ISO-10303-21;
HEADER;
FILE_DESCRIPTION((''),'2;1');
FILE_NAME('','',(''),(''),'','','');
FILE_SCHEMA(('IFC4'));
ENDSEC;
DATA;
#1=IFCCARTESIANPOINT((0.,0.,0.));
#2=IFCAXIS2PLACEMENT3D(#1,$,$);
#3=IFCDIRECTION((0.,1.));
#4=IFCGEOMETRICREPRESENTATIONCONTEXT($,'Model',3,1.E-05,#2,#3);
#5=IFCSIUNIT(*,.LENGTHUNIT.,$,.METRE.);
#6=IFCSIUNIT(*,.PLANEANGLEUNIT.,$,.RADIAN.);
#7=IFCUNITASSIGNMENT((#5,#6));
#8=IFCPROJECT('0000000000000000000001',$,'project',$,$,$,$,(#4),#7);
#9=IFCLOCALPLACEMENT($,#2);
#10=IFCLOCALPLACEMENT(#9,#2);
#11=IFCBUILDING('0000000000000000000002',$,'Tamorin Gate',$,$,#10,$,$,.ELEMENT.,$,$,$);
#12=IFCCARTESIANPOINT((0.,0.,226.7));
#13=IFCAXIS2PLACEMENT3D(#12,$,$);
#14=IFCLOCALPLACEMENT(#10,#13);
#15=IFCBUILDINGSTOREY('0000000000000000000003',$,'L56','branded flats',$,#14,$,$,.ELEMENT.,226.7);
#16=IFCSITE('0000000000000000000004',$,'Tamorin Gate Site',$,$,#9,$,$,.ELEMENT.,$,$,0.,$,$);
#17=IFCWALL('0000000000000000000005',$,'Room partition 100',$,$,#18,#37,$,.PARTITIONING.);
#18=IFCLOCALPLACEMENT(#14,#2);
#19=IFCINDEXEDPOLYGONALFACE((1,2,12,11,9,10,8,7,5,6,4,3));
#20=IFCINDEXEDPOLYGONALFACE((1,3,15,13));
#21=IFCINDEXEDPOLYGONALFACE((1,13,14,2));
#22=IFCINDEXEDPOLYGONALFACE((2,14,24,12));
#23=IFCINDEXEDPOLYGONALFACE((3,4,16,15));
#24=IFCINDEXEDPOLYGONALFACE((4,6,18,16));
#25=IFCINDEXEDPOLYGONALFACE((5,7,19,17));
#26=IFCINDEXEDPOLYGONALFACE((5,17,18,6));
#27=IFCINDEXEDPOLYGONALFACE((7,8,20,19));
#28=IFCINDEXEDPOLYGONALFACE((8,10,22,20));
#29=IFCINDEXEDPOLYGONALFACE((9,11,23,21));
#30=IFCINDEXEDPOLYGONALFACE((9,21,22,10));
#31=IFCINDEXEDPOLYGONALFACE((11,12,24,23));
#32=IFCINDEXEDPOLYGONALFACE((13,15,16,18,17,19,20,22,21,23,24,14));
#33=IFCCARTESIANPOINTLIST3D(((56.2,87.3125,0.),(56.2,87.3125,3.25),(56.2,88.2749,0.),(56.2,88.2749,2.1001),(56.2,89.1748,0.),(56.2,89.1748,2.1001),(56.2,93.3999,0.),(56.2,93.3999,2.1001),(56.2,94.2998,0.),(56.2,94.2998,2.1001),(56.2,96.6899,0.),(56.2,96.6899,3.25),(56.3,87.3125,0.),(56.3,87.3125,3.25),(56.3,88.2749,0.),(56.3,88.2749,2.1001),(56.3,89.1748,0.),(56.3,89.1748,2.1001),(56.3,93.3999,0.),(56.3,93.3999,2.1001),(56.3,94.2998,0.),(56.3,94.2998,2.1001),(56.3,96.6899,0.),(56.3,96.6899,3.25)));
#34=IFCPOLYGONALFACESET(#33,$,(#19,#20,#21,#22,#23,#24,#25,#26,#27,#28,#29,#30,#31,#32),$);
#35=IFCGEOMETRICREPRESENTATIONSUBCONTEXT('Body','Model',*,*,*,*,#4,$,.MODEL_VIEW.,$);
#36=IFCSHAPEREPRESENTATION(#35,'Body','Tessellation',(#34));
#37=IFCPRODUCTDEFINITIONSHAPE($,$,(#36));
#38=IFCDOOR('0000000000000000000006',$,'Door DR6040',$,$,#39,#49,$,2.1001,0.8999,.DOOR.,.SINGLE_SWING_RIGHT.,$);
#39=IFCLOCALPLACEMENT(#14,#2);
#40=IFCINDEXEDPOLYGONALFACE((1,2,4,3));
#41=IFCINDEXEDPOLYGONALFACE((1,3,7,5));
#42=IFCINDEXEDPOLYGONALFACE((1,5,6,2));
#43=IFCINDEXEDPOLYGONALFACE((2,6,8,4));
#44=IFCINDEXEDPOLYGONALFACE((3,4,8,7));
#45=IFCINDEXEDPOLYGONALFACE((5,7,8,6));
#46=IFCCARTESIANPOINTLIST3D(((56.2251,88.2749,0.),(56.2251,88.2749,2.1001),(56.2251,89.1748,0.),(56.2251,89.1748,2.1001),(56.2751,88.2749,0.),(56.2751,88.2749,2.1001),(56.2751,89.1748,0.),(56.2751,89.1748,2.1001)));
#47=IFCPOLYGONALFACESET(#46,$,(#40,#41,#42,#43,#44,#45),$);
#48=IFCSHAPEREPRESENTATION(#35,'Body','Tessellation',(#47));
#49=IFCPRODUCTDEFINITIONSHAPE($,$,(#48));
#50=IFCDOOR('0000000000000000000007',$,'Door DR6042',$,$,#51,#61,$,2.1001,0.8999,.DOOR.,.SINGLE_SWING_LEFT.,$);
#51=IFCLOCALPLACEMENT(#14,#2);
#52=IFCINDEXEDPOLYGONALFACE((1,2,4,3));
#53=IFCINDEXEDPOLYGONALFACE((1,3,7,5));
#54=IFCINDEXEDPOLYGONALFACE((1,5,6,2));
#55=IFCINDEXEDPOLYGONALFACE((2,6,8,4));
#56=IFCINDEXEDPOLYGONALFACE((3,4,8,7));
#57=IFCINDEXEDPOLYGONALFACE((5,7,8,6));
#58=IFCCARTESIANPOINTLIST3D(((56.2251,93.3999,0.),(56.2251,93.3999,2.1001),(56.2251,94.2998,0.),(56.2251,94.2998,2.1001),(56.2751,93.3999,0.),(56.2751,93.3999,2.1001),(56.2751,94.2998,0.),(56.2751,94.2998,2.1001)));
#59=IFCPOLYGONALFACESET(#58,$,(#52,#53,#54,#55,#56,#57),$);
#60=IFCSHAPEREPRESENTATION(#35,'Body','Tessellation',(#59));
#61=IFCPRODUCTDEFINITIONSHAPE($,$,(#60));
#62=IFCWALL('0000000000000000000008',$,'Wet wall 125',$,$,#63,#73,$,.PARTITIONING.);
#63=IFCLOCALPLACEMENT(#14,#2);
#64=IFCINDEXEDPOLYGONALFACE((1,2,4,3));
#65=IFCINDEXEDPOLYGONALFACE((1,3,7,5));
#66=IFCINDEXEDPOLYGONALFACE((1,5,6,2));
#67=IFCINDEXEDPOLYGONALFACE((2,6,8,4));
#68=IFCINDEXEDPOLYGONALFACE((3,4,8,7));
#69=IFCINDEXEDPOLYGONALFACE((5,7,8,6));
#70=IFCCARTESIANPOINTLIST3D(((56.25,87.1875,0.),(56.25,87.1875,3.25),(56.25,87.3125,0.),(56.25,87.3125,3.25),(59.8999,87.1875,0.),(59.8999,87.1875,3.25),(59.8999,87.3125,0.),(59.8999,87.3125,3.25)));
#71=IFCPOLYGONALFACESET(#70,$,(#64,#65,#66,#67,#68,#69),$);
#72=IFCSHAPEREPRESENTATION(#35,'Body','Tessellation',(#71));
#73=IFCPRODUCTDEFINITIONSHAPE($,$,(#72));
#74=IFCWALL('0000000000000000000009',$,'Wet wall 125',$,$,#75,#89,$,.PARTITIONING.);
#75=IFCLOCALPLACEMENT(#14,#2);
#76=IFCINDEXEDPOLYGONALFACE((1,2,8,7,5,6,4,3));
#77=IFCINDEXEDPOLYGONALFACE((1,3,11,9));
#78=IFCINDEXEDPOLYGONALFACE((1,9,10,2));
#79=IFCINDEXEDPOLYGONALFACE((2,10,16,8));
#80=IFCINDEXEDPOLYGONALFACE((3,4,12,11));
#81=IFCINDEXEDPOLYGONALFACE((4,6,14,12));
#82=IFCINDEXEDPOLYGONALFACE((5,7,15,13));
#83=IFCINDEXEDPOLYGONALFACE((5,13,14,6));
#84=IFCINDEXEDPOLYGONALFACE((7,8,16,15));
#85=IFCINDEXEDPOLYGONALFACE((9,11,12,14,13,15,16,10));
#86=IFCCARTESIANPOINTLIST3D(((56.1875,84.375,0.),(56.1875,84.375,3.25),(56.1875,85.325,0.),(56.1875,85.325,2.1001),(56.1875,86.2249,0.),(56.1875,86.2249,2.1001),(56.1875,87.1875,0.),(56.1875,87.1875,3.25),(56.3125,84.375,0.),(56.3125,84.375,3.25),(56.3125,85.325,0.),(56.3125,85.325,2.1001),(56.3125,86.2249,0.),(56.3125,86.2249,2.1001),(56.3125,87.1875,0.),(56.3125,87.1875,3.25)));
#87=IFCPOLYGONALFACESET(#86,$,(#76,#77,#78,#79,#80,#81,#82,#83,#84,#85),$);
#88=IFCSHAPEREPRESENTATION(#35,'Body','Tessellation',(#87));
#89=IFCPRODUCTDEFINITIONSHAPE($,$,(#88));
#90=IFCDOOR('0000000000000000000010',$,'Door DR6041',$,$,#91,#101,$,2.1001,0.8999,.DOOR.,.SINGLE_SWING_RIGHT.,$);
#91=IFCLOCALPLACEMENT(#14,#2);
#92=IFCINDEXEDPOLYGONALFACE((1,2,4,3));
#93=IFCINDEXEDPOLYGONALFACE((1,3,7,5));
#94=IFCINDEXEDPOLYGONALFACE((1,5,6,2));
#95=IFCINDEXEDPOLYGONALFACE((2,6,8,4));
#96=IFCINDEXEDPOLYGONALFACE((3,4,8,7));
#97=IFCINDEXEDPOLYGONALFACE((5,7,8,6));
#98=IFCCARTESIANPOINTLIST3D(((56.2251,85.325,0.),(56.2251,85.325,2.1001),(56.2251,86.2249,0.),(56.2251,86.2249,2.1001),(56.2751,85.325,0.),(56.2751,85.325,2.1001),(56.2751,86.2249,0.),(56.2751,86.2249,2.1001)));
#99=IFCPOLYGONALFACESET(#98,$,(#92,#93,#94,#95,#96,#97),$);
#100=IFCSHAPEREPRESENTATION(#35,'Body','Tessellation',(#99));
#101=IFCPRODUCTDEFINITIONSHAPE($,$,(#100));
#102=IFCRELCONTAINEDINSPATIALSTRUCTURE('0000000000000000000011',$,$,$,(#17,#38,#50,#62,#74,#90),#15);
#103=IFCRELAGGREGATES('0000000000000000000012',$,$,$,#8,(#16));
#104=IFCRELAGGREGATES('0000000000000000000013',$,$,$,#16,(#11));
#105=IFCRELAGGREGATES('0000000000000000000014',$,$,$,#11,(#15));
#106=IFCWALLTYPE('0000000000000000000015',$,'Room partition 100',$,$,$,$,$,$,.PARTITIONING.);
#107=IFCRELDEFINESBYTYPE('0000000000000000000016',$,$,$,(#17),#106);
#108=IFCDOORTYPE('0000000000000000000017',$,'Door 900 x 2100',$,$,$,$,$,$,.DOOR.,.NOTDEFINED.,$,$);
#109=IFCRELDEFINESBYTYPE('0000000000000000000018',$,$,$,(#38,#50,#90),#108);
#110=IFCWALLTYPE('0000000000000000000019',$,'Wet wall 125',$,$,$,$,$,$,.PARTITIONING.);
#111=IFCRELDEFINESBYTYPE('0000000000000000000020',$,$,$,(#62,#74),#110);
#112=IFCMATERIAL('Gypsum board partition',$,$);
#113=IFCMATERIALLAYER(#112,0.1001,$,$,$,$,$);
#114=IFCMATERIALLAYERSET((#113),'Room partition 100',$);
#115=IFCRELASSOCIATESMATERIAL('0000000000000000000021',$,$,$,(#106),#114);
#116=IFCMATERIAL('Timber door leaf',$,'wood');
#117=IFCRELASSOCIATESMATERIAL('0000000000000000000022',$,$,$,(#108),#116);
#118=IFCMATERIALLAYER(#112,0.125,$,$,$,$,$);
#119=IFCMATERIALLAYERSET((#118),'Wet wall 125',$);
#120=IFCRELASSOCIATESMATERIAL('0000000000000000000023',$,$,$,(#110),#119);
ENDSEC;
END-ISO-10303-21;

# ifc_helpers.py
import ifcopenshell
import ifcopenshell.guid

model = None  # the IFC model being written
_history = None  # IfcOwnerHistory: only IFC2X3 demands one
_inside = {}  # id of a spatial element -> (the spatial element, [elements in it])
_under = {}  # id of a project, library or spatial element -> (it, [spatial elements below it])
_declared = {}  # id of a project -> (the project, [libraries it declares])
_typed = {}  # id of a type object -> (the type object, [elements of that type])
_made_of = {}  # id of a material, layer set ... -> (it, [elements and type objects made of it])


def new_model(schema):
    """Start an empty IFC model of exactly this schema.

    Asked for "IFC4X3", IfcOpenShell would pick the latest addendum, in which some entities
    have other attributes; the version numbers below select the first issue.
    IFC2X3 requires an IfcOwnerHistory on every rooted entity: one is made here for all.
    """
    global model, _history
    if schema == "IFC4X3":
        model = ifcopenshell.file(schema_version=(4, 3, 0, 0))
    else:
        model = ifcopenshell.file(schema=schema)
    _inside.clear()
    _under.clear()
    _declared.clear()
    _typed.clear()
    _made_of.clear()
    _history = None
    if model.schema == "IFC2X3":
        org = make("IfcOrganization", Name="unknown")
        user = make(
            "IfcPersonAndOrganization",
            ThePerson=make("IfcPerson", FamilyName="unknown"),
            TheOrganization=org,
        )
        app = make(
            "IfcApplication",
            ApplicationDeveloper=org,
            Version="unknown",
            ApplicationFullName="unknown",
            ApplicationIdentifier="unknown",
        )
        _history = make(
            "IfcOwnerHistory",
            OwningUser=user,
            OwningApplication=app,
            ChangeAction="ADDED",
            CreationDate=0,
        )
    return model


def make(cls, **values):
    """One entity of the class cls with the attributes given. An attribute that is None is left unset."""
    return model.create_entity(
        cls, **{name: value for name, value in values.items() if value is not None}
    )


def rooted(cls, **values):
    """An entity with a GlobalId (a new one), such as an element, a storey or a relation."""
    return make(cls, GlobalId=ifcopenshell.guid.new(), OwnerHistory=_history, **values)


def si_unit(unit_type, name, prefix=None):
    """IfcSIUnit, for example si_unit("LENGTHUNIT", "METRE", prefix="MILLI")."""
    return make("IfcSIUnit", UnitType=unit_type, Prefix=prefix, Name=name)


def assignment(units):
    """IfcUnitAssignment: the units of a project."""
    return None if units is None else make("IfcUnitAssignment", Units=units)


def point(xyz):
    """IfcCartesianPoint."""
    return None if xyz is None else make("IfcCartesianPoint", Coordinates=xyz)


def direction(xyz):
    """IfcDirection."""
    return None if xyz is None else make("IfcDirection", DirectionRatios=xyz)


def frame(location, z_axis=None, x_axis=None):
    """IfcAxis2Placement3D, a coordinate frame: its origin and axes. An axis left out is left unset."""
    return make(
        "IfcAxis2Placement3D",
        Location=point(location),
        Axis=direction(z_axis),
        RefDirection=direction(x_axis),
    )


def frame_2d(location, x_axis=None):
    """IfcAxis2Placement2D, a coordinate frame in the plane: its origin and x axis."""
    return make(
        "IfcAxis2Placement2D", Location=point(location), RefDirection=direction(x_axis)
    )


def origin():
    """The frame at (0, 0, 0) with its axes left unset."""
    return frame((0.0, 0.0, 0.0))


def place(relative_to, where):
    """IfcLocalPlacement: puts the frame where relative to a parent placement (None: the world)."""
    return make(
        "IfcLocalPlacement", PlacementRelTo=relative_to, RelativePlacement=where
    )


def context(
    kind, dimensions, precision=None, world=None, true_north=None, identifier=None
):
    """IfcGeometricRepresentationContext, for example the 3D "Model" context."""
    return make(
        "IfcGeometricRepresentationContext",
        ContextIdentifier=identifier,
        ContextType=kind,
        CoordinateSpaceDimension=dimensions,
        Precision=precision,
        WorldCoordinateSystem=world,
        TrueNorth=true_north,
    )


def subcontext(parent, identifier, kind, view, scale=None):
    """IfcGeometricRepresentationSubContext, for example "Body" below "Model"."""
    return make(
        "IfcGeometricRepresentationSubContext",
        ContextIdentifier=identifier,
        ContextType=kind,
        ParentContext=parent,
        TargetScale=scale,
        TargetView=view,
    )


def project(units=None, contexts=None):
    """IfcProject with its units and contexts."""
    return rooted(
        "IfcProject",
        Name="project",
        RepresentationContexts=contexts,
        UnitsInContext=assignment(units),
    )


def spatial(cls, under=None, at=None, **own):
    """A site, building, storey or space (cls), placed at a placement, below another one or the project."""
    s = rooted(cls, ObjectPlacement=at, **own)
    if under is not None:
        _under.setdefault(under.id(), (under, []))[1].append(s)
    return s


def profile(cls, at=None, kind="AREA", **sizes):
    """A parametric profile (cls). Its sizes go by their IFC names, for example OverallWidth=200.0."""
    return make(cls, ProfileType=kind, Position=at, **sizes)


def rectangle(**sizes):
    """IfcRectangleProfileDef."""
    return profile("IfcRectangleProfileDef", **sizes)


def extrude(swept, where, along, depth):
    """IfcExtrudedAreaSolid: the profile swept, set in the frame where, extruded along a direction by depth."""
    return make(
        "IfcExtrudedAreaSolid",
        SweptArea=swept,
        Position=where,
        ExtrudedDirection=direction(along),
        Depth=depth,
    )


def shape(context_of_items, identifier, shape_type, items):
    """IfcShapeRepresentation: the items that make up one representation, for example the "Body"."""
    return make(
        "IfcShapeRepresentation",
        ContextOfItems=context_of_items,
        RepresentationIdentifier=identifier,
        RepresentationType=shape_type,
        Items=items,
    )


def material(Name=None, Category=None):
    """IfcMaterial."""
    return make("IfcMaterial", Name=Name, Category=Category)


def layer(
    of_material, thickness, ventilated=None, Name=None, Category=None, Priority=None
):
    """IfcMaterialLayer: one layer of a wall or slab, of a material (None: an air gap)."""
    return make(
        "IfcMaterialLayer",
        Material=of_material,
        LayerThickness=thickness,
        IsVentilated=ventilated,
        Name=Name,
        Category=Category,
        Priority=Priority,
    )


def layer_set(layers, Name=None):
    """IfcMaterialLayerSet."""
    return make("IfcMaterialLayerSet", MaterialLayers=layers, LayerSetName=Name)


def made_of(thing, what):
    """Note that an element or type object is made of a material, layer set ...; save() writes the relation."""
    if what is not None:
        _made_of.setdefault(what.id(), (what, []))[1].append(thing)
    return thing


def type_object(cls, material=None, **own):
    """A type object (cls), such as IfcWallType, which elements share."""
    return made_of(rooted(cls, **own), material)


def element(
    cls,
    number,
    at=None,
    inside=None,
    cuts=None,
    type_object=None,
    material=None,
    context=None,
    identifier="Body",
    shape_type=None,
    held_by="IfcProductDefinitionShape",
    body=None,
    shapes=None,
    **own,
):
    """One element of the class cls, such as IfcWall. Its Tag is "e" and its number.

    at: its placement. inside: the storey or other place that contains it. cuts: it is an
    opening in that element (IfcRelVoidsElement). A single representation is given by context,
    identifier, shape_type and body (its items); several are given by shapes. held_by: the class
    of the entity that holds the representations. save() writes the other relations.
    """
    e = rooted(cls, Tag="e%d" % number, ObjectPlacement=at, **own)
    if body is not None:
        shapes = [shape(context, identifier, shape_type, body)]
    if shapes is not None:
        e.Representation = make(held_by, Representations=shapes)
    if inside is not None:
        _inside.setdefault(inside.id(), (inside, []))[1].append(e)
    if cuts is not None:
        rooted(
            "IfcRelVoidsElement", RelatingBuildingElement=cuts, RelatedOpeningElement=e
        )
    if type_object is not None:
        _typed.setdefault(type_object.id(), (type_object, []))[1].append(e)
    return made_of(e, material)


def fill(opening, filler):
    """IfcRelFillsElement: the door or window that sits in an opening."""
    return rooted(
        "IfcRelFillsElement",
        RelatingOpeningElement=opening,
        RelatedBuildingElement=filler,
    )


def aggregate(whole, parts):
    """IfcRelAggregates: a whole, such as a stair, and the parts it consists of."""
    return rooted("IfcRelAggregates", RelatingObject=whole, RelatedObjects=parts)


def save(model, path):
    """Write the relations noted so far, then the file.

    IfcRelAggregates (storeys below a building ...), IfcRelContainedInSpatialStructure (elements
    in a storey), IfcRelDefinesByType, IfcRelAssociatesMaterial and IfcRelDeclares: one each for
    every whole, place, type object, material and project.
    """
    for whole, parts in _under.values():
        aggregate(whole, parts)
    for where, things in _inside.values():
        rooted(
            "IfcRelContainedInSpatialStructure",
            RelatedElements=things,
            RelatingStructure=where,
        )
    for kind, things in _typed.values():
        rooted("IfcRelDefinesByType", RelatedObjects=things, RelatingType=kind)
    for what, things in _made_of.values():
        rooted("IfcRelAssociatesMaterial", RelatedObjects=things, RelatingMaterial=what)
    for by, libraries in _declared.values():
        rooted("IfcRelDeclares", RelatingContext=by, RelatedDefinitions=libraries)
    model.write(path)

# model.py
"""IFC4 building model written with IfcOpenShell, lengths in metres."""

from ifc_helpers import new_model, si_unit, direction, frame, frame_2d, origin, place, context, subcontext, project, spatial, rectangle, extrude, material, layer, layer_set, type_object, element, fill, save


model = new_model("IFC4")

# Units and contexts
model_context = context("Model", 3, precision=1e-05, world=origin(), true_north=direction((0.0, 1.0)))
body_context = subcontext(model_context, "Body", "Model", "MODEL_VIEW")
ifc_project = project(units=[si_unit("LENGTHUNIT", "METRE"), si_unit("PLANEANGLEUNIT", "RADIAN")], contexts=[model_context])

# Site, building, storey
site_placement = place(None, origin())
site = spatial("IfcSite", under=ifc_project, at=site_placement, Name="Tamorin Gate Site", CompositionType="ELEMENT", RefElevation=0.0)
building_placement = place(site_placement, origin())
building = spatial("IfcBuilding", under=site, at=building_placement, Name="Tamorin Gate", CompositionType="ELEMENT")
storey_placement = place(building_placement, frame((0.0, 0.0, 226.7)))
storey = spatial("IfcBuildingStorey", under=building, at=storey_placement, Name="L56", Description="branded flats", CompositionType="ELEMENT", Elevation=226.7)

# Shared definitions
ifc_material_1 = material(Name="Gypsum board partition")

# Wall, openings, doors
ifc_layer_1 = layer(ifc_material_1, 0.1001)
ifc_layer_set_1 = layer_set([ifc_layer_1], Name="Room partition 100")
wall_type_1 = type_object("IfcWallType", Name="Room partition 100", PredefinedType="PARTITIONING", material=ifc_layer_set_1)
wall_1_placement = place(storey_placement, frame((56.25, 87.3125, 0.0), z_axis=(0.0, 0.0, 1.0), x_axis=(0.0, 1.0, 0.0)))
wall_1 = element("IfcWall", 1, at=wall_1_placement, inside=storey, type_object=wall_type_1, Name="Room partition 100", PredefinedType="PARTITIONING", context=body_context, shape_type="SweptSolid", body=[
    extrude(rectangle(XDim=9.3774, YDim=0.1001, at=frame_2d((4.6887, 0.0))), origin(), (0.0, 0.0, 1.0), 3.25),
])
opening_1_placement = place(wall_1_placement, frame((0.9624, 0.0, 0.0)))
opening_1 = element("IfcOpeningElement", 2, at=opening_1_placement, cuts=wall_1, PredefinedType="OPENING", context=body_context, shape_type="SweptSolid", body=[
    extrude(rectangle(XDim=0.8999, YDim=2.1001, at=frame_2d((0.45, 1.05))), frame((0.0, 0.0601, 0.0), z_axis=(0.0, -1.0, 0.0), x_axis=(1.0, 0.0, 0.0)), (0.0, 0.0, 1.0), 0.1201),
])
opening_2_placement = place(wall_1_placement, frame((6.0874, 0.0, 0.0)))
opening_2 = element("IfcOpeningElement", 3, at=opening_2_placement, cuts=wall_1, PredefinedType="OPENING", context=body_context, shape_type="SweptSolid", body=[
    extrude(rectangle(XDim=0.8999, YDim=2.1001, at=frame_2d((0.45, 1.05))), frame((0.0, 0.0601, 0.0), z_axis=(0.0, -1.0, 0.0), x_axis=(1.0, 0.0, 0.0)), (0.0, 0.0, 1.0), 0.1201),
])
ifc_material_2 = material(Name="Timber door leaf", Category="wood")
door_type = type_object("IfcDoorType", Name="Door 900 x 2100", OperationType="NOTDEFINED", PredefinedType="DOOR", material=ifc_material_2)
door_1_placement = place(opening_1_placement, origin())
door_1 = element("IfcDoor", 4, at=door_1_placement, inside=storey, type_object=door_type, Name="Door DR6040", OperationType="SINGLE_SWING_RIGHT", OverallHeight=2.1001, OverallWidth=0.8999, PredefinedType="DOOR", context=body_context, shape_type="SweptSolid", body=[
    extrude(rectangle(XDim=0.8999, YDim=2.1001, at=frame_2d((0.45, 1.05))), frame((0.0, 0.0249, 0.0), z_axis=(0.0, -1.0, 0.0), x_axis=(1.0, 0.0, 0.0)), (0.0, 0.0, 1.0), 0.05),
])
fill(opening_1, door_1)
door_2_placement = place(opening_2_placement, origin())
door_2 = element("IfcDoor", 5, at=door_2_placement, inside=storey, type_object=door_type, Name="Door DR6042", OperationType="SINGLE_SWING_LEFT", OverallHeight=2.1001, OverallWidth=0.8999, PredefinedType="DOOR", context=body_context, shape_type="SweptSolid", body=[
    extrude(rectangle(XDim=0.8999, YDim=2.1001, at=frame_2d((0.45, 1.05))), frame((0.0, 0.0249, 0.0), z_axis=(0.0, -1.0, 0.0), x_axis=(1.0, 0.0, 0.0)), (0.0, 0.0, 1.0), 0.05),
])
fill(opening_2, door_2)

# Wall
ifc_layer_2 = layer(ifc_material_1, 0.125)
ifc_layer_set_2 = layer_set([ifc_layer_2], Name="Wet wall 125")
wall_type_2 = type_object("IfcWallType", Name="Wet wall 125", PredefinedType="PARTITIONING", material=ifc_layer_set_2)
wall_2_placement = place(storey_placement, frame((56.25, 87.25, 0.0), z_axis=(0.0, 0.0, 1.0), x_axis=(1.0, 0.0, 0.0)))
element("IfcWall", 6, at=wall_2_placement, inside=storey, type_object=wall_type_2, Name="Wet wall 125", PredefinedType="PARTITIONING", context=body_context, shape_type="SweptSolid", body=[
    extrude(rectangle(XDim=3.6499, YDim=0.125, at=frame_2d((1.825, 0.0))), origin(), (0.0, 0.0, 1.0), 3.25),
])

# Wall, opening, door
wall_3_placement = place(storey_placement, frame((56.25, 84.375, 0.0), z_axis=(0.0, 0.0, 1.0), x_axis=(0.0, 1.0, 0.0)))
wall_3 = element("IfcWall", 7, at=wall_3_placement, inside=storey, type_object=wall_type_2, Name="Wet wall 125", PredefinedType="PARTITIONING", context=body_context, shape_type="SweptSolid", body=[
    extrude(rectangle(XDim=2.8125, YDim=0.125, at=frame_2d((1.4062, 0.0))), origin(), (0.0, 0.0, 1.0), 3.25),
])
opening_3_placement = place(wall_3_placement, frame((0.95, 0.0, 0.0)))
opening_3 = element("IfcOpeningElement", 8, at=opening_3_placement, cuts=wall_3, PredefinedType="OPENING", context=body_context, shape_type="SweptSolid", body=[
    extrude(rectangle(XDim=0.8999, YDim=2.1001, at=frame_2d((0.45, 1.05))), frame((0.0, 0.0725, 0.0), z_axis=(0.0, -1.0, 0.0), x_axis=(1.0, 0.0, 0.0)), (0.0, 0.0, 1.0), 0.145),
])
door_3_placement = place(opening_3_placement, origin())
door_3 = element("IfcDoor", 9, at=door_3_placement, inside=storey, type_object=door_type, Name="Door DR6041", OperationType="SINGLE_SWING_RIGHT", OverallHeight=2.1001, OverallWidth=0.8999, PredefinedType="DOOR", context=body_context, shape_type="SweptSolid", body=[
    extrude(rectangle(XDim=0.8999, YDim=2.1001, at=frame_2d((0.45, 1.05))), frame((0.0, 0.0249, 0.0), z_axis=(0.0, -1.0, 0.0), x_axis=(1.0, 0.0, 0.0)), (0.0, 0.0, 1.0), 0.05),
])
fill(opening_3, door_3)

save(model, "model.ifc")
